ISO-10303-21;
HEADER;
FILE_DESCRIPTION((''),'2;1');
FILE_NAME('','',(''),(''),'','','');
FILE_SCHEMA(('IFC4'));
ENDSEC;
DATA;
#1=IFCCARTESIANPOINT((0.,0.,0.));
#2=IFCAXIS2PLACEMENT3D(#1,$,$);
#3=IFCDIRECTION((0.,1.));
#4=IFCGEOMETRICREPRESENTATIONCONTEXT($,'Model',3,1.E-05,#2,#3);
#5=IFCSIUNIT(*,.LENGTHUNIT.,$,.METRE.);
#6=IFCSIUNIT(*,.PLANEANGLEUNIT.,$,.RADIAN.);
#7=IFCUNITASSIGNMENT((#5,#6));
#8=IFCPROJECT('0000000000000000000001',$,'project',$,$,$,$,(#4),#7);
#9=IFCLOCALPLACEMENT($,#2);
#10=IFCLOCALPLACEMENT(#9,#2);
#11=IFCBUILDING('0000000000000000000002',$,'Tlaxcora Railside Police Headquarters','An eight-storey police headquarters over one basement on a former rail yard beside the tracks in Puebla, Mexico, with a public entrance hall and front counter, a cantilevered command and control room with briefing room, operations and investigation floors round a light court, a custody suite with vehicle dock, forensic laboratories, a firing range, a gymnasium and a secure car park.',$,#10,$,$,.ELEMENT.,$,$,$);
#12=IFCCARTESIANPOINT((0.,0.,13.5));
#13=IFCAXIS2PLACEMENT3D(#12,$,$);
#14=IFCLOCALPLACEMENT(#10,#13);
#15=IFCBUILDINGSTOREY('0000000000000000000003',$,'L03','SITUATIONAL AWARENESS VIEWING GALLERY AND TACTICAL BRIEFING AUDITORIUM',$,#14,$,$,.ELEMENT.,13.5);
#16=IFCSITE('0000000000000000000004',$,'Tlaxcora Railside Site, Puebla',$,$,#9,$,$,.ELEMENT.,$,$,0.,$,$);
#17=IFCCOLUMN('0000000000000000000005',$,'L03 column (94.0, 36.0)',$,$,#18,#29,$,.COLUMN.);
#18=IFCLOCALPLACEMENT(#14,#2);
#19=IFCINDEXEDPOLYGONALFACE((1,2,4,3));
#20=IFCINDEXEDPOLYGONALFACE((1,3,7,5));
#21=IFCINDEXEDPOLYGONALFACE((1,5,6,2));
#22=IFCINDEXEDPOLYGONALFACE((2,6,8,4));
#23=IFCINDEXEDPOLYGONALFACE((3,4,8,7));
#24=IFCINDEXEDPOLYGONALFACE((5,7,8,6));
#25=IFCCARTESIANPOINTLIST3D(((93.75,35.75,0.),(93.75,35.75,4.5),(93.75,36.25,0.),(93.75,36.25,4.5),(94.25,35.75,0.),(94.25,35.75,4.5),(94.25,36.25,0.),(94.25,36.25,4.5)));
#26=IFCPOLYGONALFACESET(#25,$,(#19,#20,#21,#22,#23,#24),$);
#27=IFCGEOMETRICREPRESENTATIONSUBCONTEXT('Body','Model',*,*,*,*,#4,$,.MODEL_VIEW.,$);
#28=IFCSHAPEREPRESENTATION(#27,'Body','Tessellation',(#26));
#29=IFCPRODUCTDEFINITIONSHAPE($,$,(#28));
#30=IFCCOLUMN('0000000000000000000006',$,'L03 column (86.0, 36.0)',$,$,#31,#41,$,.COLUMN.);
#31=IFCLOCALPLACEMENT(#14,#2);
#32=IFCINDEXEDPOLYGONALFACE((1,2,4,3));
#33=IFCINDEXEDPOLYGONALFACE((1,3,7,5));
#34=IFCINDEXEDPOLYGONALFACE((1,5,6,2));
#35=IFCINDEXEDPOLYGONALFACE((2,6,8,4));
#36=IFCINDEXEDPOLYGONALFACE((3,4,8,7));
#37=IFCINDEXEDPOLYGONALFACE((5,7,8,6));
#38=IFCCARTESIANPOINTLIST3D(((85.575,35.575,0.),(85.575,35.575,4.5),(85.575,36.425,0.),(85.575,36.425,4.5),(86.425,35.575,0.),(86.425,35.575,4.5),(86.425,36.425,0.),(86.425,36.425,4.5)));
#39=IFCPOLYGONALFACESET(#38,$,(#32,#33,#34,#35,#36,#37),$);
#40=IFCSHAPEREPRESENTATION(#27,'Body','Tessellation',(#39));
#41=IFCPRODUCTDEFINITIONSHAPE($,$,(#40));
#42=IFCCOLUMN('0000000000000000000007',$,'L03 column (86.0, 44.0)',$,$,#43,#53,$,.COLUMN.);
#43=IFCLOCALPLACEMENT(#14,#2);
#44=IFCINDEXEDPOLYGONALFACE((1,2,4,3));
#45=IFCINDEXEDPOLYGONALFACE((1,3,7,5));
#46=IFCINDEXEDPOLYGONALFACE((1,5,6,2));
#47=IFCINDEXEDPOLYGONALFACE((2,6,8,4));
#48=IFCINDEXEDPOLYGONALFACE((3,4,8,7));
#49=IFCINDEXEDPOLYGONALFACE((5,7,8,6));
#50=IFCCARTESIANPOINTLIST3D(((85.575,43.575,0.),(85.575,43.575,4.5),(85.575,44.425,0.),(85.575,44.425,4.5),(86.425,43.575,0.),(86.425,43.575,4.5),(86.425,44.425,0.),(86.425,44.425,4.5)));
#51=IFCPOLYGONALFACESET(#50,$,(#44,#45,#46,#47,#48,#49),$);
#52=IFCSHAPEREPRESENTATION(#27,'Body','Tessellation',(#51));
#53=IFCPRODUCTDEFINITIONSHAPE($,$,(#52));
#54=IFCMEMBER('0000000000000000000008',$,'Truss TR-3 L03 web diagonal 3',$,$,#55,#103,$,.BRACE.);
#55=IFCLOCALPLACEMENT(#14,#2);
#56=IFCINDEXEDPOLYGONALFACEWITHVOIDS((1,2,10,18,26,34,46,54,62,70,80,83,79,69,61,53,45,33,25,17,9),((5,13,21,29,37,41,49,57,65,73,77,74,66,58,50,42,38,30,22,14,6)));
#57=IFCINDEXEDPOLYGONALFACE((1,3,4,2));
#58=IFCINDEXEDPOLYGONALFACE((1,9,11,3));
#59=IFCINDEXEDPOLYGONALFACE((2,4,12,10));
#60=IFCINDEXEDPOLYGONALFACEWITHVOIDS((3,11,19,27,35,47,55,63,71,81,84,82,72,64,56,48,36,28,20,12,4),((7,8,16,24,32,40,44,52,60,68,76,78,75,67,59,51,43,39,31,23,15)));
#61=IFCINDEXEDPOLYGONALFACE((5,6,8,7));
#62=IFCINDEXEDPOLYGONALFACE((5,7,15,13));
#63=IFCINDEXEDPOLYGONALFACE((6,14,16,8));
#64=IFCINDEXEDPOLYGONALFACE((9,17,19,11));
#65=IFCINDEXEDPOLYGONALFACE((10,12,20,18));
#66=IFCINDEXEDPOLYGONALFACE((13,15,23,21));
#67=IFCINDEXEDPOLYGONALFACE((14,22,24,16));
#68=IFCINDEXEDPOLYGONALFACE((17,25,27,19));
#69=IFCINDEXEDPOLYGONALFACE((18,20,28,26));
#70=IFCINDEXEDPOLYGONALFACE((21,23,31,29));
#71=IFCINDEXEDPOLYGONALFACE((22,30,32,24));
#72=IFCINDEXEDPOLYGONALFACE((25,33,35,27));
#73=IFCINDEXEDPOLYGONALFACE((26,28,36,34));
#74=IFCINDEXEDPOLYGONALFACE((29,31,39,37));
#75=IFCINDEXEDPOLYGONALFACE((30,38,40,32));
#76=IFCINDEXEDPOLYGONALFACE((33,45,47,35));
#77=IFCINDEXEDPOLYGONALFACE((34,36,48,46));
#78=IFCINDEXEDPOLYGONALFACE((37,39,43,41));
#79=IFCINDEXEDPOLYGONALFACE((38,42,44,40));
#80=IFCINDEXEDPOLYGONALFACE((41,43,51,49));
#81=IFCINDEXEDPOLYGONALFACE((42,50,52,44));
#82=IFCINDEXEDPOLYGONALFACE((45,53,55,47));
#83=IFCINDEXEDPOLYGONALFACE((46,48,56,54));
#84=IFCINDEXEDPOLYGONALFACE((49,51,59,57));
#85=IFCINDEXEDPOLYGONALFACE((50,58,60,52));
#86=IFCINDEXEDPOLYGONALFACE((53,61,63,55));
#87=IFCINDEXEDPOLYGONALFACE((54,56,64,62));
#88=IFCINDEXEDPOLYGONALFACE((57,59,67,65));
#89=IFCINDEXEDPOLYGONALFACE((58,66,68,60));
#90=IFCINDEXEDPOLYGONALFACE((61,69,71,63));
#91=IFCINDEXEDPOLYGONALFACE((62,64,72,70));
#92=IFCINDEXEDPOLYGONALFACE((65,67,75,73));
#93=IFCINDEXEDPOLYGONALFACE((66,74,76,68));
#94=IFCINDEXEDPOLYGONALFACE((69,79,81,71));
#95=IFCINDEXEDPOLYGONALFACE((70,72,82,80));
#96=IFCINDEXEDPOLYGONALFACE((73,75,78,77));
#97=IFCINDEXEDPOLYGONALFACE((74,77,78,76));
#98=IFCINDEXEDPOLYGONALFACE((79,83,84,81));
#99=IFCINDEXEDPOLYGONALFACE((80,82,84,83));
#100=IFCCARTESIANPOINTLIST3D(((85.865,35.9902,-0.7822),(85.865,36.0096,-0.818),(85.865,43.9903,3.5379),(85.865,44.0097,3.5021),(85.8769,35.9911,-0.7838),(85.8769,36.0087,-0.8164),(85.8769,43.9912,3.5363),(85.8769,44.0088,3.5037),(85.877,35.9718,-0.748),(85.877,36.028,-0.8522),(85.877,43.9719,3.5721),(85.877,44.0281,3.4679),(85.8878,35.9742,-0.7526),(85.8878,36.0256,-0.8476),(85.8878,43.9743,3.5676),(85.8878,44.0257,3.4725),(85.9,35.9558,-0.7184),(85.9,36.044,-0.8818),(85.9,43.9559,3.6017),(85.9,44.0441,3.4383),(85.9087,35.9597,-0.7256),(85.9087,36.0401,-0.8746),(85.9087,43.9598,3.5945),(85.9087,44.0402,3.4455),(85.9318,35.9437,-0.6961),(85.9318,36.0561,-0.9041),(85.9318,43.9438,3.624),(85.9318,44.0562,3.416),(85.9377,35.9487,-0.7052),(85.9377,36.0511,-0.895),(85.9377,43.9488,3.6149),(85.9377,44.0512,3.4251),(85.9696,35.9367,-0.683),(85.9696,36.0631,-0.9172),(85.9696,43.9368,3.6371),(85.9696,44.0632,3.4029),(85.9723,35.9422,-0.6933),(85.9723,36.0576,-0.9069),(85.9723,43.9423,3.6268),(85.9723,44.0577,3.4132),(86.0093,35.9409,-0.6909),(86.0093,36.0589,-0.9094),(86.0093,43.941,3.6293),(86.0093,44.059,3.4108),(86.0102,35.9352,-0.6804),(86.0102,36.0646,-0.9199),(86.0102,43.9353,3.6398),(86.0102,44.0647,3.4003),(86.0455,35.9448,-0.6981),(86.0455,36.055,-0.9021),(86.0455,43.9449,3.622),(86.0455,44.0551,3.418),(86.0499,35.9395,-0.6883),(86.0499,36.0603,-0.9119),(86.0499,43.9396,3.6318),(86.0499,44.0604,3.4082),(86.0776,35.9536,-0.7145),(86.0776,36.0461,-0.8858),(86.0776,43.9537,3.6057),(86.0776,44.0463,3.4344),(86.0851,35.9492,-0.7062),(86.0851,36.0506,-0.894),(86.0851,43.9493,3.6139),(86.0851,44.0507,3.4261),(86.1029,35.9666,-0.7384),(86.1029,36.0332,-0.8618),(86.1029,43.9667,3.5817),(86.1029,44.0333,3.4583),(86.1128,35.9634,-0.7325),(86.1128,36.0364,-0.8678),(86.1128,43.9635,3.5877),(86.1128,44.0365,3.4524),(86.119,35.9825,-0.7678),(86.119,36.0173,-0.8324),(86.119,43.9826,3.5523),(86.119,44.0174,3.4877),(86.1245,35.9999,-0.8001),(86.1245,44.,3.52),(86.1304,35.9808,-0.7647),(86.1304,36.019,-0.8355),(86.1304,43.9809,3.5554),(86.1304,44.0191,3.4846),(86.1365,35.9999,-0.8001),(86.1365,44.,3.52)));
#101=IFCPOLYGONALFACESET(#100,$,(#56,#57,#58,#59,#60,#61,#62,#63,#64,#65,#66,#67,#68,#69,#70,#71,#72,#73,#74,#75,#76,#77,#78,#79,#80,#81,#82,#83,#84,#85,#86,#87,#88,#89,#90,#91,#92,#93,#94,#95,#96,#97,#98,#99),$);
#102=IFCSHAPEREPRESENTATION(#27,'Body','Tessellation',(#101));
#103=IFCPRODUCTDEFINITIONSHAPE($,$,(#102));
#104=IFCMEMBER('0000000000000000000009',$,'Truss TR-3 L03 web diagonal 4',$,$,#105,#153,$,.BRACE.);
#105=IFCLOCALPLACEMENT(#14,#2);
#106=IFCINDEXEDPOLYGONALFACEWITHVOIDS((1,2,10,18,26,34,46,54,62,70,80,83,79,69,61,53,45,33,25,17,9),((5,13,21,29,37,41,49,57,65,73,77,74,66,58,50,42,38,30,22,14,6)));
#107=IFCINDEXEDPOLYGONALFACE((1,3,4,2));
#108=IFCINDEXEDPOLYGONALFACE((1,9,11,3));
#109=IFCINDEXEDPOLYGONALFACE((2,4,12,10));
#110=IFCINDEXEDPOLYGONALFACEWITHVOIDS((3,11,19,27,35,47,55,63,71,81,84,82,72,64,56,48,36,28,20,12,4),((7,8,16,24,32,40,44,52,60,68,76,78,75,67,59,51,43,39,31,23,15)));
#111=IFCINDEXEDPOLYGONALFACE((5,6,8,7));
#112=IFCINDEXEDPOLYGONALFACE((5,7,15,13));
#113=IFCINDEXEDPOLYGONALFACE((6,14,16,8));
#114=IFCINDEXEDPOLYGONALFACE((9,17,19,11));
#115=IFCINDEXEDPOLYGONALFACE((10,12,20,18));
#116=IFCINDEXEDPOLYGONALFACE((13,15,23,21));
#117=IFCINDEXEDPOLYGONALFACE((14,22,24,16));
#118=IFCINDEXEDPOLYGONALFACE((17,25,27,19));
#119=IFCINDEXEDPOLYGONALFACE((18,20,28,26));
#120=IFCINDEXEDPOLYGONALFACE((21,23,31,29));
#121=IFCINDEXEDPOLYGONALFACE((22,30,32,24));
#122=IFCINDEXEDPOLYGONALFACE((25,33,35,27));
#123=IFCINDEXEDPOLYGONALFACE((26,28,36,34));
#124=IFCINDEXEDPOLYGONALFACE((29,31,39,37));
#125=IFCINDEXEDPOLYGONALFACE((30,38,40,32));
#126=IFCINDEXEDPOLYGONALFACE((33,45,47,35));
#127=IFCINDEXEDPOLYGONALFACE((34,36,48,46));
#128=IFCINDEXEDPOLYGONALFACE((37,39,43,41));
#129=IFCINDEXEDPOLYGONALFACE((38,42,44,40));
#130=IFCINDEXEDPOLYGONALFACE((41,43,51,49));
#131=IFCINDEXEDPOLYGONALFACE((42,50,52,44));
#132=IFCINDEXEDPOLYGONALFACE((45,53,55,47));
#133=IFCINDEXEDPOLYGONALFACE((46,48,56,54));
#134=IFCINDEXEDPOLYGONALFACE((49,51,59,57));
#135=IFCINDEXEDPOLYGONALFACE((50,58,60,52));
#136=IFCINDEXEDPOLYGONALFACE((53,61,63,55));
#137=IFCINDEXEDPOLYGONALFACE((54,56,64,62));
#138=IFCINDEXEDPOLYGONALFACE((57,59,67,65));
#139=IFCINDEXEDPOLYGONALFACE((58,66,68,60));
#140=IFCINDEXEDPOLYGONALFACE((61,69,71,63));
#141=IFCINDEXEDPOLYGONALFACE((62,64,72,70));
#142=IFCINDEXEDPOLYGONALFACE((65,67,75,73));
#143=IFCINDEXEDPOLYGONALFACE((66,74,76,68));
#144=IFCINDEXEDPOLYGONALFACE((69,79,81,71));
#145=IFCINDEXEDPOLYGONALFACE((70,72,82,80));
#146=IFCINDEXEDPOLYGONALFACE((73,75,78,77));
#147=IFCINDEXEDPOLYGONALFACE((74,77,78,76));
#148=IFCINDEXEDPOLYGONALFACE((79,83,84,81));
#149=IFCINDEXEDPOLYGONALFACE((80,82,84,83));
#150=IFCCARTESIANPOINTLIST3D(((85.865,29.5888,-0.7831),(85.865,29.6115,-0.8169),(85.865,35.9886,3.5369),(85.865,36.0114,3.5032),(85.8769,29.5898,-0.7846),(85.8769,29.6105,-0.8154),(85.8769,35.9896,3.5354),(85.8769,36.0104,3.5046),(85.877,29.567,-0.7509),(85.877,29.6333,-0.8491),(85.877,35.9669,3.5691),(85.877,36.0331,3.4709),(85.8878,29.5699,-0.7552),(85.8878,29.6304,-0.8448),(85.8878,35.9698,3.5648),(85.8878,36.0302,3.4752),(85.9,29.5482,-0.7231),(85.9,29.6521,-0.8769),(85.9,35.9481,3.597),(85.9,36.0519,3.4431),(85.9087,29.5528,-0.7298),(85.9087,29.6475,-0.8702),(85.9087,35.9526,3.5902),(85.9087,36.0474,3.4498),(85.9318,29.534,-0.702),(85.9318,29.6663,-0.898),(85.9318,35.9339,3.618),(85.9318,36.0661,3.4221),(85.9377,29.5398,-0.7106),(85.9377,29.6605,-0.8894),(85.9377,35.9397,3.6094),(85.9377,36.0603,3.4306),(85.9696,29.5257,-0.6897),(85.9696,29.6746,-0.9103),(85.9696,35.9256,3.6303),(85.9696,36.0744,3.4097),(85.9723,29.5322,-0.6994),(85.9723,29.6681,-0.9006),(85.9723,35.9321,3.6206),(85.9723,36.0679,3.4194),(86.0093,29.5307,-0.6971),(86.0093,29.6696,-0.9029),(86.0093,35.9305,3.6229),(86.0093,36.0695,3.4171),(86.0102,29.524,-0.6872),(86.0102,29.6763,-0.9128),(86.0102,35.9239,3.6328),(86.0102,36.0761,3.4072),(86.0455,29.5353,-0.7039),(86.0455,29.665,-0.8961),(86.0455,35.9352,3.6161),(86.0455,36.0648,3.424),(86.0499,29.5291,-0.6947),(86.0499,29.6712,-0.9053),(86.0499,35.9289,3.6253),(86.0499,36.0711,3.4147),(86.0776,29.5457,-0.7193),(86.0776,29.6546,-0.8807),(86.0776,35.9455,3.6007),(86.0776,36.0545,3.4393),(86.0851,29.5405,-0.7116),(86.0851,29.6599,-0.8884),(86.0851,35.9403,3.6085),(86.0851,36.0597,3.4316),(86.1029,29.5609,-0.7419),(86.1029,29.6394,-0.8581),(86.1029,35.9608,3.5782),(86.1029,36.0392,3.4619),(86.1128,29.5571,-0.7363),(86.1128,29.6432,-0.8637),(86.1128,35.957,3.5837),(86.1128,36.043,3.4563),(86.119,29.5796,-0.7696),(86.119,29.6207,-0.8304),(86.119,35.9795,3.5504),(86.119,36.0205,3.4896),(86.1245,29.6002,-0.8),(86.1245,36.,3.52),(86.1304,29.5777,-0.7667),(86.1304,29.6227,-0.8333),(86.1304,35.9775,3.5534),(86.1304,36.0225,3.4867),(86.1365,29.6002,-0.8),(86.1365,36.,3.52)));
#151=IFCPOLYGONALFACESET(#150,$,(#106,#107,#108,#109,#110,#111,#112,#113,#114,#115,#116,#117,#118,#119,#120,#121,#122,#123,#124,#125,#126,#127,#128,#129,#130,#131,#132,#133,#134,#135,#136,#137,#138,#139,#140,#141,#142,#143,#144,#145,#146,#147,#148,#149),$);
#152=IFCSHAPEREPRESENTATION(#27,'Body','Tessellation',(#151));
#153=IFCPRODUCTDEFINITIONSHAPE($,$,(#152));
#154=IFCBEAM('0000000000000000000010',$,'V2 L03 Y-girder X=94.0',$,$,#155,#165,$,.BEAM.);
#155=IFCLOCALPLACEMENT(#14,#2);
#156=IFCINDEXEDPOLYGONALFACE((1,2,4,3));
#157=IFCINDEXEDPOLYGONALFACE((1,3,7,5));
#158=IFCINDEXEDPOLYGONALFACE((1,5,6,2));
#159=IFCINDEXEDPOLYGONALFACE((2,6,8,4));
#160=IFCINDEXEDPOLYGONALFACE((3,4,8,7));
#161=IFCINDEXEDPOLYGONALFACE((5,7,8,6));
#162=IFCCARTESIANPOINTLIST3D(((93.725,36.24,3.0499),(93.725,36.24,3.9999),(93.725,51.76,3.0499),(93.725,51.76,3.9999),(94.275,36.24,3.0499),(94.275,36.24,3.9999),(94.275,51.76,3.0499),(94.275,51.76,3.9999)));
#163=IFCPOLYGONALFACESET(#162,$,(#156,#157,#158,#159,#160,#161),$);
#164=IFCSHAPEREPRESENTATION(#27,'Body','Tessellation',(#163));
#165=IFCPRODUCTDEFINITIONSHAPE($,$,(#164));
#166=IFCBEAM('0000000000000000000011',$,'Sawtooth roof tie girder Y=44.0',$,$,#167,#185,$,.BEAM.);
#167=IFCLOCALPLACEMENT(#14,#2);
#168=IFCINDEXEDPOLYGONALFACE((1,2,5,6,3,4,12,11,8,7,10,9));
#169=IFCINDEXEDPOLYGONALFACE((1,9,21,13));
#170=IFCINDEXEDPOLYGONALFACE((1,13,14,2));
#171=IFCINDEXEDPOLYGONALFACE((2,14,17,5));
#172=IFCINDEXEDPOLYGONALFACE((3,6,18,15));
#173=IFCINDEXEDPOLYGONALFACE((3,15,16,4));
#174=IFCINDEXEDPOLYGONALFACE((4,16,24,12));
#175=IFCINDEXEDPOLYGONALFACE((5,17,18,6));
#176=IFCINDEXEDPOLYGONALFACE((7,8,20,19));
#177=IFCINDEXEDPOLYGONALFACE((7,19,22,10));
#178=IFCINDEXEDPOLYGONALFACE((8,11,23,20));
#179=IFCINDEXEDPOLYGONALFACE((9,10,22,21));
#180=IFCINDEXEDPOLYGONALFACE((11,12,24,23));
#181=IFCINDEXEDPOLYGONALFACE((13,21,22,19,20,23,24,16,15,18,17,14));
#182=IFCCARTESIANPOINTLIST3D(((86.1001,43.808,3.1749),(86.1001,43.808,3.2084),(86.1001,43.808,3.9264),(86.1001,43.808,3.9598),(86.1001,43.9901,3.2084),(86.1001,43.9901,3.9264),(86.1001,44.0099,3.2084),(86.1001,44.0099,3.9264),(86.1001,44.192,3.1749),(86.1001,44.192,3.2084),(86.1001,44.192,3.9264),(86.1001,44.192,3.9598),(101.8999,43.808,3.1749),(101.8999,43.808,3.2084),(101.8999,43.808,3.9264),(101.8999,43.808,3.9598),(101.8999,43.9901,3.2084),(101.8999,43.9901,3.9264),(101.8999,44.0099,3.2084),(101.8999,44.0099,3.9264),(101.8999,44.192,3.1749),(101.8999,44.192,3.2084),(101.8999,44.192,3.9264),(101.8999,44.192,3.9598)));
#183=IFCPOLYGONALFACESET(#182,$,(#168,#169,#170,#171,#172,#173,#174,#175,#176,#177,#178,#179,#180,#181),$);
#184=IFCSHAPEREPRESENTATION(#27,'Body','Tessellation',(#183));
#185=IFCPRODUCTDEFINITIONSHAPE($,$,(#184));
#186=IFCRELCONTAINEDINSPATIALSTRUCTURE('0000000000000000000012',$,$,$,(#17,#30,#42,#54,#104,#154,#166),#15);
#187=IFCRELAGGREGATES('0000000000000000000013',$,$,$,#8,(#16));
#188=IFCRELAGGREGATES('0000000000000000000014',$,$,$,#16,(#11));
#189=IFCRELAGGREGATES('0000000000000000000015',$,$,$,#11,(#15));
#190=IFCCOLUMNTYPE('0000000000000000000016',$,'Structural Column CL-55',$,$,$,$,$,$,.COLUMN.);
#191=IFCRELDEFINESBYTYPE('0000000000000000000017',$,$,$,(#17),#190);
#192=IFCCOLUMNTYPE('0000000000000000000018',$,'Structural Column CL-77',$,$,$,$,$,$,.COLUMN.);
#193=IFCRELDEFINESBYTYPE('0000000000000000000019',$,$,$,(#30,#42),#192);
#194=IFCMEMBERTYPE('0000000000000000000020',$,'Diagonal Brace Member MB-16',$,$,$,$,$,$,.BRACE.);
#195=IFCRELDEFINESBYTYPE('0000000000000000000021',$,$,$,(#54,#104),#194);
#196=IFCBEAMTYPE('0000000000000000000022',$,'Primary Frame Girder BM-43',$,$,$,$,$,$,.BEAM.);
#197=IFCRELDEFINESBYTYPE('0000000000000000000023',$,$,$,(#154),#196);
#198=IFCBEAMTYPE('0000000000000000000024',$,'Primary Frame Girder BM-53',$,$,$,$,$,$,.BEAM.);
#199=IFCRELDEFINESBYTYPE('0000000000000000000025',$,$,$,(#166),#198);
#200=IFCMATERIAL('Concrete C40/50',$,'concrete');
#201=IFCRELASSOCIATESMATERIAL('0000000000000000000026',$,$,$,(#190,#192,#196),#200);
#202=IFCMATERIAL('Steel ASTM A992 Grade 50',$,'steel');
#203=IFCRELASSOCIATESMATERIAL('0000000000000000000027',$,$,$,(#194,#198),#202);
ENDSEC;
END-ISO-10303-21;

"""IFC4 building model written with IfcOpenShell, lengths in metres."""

from ifc_helpers import new_model, si_unit, direction, frame, origin, origin_2d, place, context, subcontext, project, spatial, rectangle, hollow_circle, i_section, extrude, material, material_profile, profile_set, type_object, element, save


model = new_model("IFC4")

# Units and contexts
model_context = context("Model", 3, precision=1e-05, world=origin(), true_north=direction((0.0, 1.0)))
body_context = subcontext(model_context, "Body", "Model", "MODEL_VIEW")
ifc_project = project(units=[si_unit("LENGTHUNIT", "METRE"), si_unit("PLANEANGLEUNIT", "RADIAN")], contexts=[model_context])

# Site, building, storey
site_placement = place(None, origin())
site = spatial("IfcSite", under=ifc_project, at=site_placement, Name="Tlaxcora Railside Site, Puebla", CompositionType="ELEMENT", RefElevation=0.0)
building_placement = place(site_placement, origin())
building = spatial("IfcBuilding", under=site, at=building_placement, Name="Tlaxcora Railside Police Headquarters", Description="An eight-storey police headquarters over one basement on a former rail yard beside the tracks in Puebla, Mexico, with a public entrance hall and front counter, a cantilevered command and control room with briefing room, operations and investigation floors round a light court, a custody suite with vehicle dock, forensic laboratories, a firing range, a gymnasium and a secure car park.", CompositionType="ELEMENT")
storey_placement = place(building_placement, frame((0.0, 0.0, 13.5)))
storey = spatial("IfcBuildingStorey", under=building, at=storey_placement, Name="L03", Description="SITUATIONAL AWARENESS VIEWING GALLERY AND TACTICAL BRIEFING AUDITORIUM", CompositionType="ELEMENT", Elevation=13.5)

# Columns
ifc_material_1 = material(Name="Concrete C40/50", Category="concrete")
ifc_material_profile_1 = material_profile(ifc_material_1, rectangle(XDim=0.5, YDim=0.5, at=origin_2d()), Name="RC500X500")
ifc_profile_set_1 = profile_set([ifc_material_profile_1], Name="Concrete C40/50")
column_type_1 = type_object("IfcColumnType", Name="Structural Column CL-55", PredefinedType="COLUMN", material=ifc_profile_set_1)
column_placement = place(storey_placement, frame((94.0, 36.0, 0.0), z_axis=(0.0, 0.0, 1.0), x_axis=(1.0, 0.0, 0.0)))
element("IfcColumn", 1, at=column_placement, inside=storey, type_object=column_type_1, Name="L03 column (94.0, 36.0)", PredefinedType="COLUMN", context=body_context, shape_type="SweptSolid", body=[
    extrude(rectangle(XDim=0.5, YDim=0.5, at=origin_2d()), origin(), (0.0, 0.0, 1.0), 4.5),
])
ifc_material_profile_2 = material_profile(ifc_material_1, rectangle(XDim=0.8501, YDim=0.8501, at=origin_2d()), Name="RC850X850")
ifc_profile_set_2 = profile_set([ifc_material_profile_2], Name="Concrete C40/50")
column_type_2 = type_object("IfcColumnType", Name="Structural Column CL-77", PredefinedType="COLUMN", material=ifc_profile_set_2)
for number, where, z_axis, x_axis, name in (
    (2, (86.0, 36.0, 0.0), (0.0, 0.0, 1.0), (1.0, 0.0, 0.0), "L03 column (86.0, 36.0)"),
    (3, (86.0, 44.0, 0.0), (0.0, 0.0, 1.0), (1.0, 0.0, 0.0), "L03 column (86.0, 44.0)"),
):
    element("IfcColumn", number, at=place(storey_placement, frame(where, z_axis=z_axis, x_axis=x_axis)), inside=storey, type_object=column_type_2, Name=name, PredefinedType="COLUMN", context=body_context, shape_type="SweptSolid", body=[
        extrude(rectangle(XDim=0.8501, YDim=0.8501, at=origin_2d()), origin(), (0.0, 0.0, 1.0), 4.5),
    ])

# Members
ifc_material_2 = material(Name="Steel ASTM A992 Grade 50", Category="steel")
ifc_material_profile_3 = material_profile(ifc_material_2, hollow_circle(Radius=0.1365, WallThickness=0.012, at=origin_2d()), Name="CHS273X12")
ifc_profile_set_3 = profile_set([ifc_material_profile_3], Name="Steel ASTM A992 Grade 50")
member_type_1 = type_object("IfcMemberType", Name="Diagonal Brace Member MB-16", PredefinedType="BRACE", material=ifc_profile_set_3)
member_1_placement = place(storey_placement, frame((86.0, 44.0, 3.52), z_axis=(0.0, -0.879902, -0.475155), x_axis=(1.0, 0.0, 0.0)))
element("IfcMember", 4, at=member_1_placement, inside=storey, type_object=member_type_1, Name="Truss TR-3 L03 web diagonal 3", PredefinedType="BRACE", context=body_context, shape_type="SweptSolid", body=[
    extrude(hollow_circle(Radius=0.1365, WallThickness=0.012, at=origin_2d()), origin(), (0.0, 0.0, 1.0), 9.092),
])
member_2_placement = place(storey_placement, frame((86.0, 36.0, 3.52), z_axis=(0.0, -0.828841, -0.559485), x_axis=(1.0, 0.0, 0.0)))
element("IfcMember", 5, at=member_2_placement, inside=storey, type_object=member_type_1, Name="Truss TR-3 L03 web diagonal 4", PredefinedType="BRACE", context=body_context, shape_type="SweptSolid", body=[
    extrude(hollow_circle(Radius=0.1365, WallThickness=0.012, at=origin_2d()), origin(), (0.0, 0.0, 1.0), 7.7214),
])

# Beams
ifc_material_profile_4 = material_profile(ifc_material_1, rectangle(XDim=0.55, YDim=0.95, at=origin_2d()), Name="RC550X950")
ifc_profile_set_4 = profile_set([ifc_material_profile_4], Name="Concrete C40/50")
beam_type_1 = type_object("IfcBeamType", Name="Primary Frame Girder BM-43", PredefinedType="BEAM", material=ifc_profile_set_4)
beam_1_placement = place(storey_placement, frame((94.0, 36.24, 3.5249), z_axis=(0.0, 1.0, 0.0), x_axis=(-1.0, 0.0, 0.0)))
element("IfcBeam", 6, at=beam_1_placement, inside=storey, type_object=beam_type_1, Name="V2 L03 Y-girder X=94.0", PredefinedType="BEAM", context=body_context, shape_type="SweptSolid", body=[
    extrude(rectangle(XDim=0.55, YDim=0.95, at=origin_2d()), origin(), (0.0, 0.0, 1.0), 15.52),
])
ifc_material_profile_5 = material_profile(ifc_material_2, i_section(OverallWidth=0.384, OverallDepth=0.7849, WebThickness=0.0198, FlangeThickness=0.0334, at=origin_2d()), Name="W30X211")
ifc_profile_set_5 = profile_set([ifc_material_profile_5], Name="Steel ASTM A992 Grade 50")
beam_type_2 = type_object("IfcBeamType", Name="Primary Frame Girder BM-53", PredefinedType="BEAM", material=ifc_profile_set_5)
for number, where, z_axis, x_axis, name in (
    (7, (86.1001, 44.0, 3.5674), (1.0, 0.0, 0.0), (0.0, 1.0, 0.0), "Sawtooth roof tie girder Y=44.0"),
):
    element("IfcBeam", number, at=place(storey_placement, frame(where, z_axis=z_axis, x_axis=x_axis)), inside=storey, type_object=beam_type_2, Name=name, PredefinedType="BEAM", context=body_context, shape_type="SweptSolid", body=[
        extrude(i_section(OverallWidth=0.384, OverallDepth=0.7849, WebThickness=0.0198, FlangeThickness=0.0334, at=origin_2d()), origin(), (0.0, 0.0, 1.0), 15.7998),
    ])

save(model, "model.ifc")
